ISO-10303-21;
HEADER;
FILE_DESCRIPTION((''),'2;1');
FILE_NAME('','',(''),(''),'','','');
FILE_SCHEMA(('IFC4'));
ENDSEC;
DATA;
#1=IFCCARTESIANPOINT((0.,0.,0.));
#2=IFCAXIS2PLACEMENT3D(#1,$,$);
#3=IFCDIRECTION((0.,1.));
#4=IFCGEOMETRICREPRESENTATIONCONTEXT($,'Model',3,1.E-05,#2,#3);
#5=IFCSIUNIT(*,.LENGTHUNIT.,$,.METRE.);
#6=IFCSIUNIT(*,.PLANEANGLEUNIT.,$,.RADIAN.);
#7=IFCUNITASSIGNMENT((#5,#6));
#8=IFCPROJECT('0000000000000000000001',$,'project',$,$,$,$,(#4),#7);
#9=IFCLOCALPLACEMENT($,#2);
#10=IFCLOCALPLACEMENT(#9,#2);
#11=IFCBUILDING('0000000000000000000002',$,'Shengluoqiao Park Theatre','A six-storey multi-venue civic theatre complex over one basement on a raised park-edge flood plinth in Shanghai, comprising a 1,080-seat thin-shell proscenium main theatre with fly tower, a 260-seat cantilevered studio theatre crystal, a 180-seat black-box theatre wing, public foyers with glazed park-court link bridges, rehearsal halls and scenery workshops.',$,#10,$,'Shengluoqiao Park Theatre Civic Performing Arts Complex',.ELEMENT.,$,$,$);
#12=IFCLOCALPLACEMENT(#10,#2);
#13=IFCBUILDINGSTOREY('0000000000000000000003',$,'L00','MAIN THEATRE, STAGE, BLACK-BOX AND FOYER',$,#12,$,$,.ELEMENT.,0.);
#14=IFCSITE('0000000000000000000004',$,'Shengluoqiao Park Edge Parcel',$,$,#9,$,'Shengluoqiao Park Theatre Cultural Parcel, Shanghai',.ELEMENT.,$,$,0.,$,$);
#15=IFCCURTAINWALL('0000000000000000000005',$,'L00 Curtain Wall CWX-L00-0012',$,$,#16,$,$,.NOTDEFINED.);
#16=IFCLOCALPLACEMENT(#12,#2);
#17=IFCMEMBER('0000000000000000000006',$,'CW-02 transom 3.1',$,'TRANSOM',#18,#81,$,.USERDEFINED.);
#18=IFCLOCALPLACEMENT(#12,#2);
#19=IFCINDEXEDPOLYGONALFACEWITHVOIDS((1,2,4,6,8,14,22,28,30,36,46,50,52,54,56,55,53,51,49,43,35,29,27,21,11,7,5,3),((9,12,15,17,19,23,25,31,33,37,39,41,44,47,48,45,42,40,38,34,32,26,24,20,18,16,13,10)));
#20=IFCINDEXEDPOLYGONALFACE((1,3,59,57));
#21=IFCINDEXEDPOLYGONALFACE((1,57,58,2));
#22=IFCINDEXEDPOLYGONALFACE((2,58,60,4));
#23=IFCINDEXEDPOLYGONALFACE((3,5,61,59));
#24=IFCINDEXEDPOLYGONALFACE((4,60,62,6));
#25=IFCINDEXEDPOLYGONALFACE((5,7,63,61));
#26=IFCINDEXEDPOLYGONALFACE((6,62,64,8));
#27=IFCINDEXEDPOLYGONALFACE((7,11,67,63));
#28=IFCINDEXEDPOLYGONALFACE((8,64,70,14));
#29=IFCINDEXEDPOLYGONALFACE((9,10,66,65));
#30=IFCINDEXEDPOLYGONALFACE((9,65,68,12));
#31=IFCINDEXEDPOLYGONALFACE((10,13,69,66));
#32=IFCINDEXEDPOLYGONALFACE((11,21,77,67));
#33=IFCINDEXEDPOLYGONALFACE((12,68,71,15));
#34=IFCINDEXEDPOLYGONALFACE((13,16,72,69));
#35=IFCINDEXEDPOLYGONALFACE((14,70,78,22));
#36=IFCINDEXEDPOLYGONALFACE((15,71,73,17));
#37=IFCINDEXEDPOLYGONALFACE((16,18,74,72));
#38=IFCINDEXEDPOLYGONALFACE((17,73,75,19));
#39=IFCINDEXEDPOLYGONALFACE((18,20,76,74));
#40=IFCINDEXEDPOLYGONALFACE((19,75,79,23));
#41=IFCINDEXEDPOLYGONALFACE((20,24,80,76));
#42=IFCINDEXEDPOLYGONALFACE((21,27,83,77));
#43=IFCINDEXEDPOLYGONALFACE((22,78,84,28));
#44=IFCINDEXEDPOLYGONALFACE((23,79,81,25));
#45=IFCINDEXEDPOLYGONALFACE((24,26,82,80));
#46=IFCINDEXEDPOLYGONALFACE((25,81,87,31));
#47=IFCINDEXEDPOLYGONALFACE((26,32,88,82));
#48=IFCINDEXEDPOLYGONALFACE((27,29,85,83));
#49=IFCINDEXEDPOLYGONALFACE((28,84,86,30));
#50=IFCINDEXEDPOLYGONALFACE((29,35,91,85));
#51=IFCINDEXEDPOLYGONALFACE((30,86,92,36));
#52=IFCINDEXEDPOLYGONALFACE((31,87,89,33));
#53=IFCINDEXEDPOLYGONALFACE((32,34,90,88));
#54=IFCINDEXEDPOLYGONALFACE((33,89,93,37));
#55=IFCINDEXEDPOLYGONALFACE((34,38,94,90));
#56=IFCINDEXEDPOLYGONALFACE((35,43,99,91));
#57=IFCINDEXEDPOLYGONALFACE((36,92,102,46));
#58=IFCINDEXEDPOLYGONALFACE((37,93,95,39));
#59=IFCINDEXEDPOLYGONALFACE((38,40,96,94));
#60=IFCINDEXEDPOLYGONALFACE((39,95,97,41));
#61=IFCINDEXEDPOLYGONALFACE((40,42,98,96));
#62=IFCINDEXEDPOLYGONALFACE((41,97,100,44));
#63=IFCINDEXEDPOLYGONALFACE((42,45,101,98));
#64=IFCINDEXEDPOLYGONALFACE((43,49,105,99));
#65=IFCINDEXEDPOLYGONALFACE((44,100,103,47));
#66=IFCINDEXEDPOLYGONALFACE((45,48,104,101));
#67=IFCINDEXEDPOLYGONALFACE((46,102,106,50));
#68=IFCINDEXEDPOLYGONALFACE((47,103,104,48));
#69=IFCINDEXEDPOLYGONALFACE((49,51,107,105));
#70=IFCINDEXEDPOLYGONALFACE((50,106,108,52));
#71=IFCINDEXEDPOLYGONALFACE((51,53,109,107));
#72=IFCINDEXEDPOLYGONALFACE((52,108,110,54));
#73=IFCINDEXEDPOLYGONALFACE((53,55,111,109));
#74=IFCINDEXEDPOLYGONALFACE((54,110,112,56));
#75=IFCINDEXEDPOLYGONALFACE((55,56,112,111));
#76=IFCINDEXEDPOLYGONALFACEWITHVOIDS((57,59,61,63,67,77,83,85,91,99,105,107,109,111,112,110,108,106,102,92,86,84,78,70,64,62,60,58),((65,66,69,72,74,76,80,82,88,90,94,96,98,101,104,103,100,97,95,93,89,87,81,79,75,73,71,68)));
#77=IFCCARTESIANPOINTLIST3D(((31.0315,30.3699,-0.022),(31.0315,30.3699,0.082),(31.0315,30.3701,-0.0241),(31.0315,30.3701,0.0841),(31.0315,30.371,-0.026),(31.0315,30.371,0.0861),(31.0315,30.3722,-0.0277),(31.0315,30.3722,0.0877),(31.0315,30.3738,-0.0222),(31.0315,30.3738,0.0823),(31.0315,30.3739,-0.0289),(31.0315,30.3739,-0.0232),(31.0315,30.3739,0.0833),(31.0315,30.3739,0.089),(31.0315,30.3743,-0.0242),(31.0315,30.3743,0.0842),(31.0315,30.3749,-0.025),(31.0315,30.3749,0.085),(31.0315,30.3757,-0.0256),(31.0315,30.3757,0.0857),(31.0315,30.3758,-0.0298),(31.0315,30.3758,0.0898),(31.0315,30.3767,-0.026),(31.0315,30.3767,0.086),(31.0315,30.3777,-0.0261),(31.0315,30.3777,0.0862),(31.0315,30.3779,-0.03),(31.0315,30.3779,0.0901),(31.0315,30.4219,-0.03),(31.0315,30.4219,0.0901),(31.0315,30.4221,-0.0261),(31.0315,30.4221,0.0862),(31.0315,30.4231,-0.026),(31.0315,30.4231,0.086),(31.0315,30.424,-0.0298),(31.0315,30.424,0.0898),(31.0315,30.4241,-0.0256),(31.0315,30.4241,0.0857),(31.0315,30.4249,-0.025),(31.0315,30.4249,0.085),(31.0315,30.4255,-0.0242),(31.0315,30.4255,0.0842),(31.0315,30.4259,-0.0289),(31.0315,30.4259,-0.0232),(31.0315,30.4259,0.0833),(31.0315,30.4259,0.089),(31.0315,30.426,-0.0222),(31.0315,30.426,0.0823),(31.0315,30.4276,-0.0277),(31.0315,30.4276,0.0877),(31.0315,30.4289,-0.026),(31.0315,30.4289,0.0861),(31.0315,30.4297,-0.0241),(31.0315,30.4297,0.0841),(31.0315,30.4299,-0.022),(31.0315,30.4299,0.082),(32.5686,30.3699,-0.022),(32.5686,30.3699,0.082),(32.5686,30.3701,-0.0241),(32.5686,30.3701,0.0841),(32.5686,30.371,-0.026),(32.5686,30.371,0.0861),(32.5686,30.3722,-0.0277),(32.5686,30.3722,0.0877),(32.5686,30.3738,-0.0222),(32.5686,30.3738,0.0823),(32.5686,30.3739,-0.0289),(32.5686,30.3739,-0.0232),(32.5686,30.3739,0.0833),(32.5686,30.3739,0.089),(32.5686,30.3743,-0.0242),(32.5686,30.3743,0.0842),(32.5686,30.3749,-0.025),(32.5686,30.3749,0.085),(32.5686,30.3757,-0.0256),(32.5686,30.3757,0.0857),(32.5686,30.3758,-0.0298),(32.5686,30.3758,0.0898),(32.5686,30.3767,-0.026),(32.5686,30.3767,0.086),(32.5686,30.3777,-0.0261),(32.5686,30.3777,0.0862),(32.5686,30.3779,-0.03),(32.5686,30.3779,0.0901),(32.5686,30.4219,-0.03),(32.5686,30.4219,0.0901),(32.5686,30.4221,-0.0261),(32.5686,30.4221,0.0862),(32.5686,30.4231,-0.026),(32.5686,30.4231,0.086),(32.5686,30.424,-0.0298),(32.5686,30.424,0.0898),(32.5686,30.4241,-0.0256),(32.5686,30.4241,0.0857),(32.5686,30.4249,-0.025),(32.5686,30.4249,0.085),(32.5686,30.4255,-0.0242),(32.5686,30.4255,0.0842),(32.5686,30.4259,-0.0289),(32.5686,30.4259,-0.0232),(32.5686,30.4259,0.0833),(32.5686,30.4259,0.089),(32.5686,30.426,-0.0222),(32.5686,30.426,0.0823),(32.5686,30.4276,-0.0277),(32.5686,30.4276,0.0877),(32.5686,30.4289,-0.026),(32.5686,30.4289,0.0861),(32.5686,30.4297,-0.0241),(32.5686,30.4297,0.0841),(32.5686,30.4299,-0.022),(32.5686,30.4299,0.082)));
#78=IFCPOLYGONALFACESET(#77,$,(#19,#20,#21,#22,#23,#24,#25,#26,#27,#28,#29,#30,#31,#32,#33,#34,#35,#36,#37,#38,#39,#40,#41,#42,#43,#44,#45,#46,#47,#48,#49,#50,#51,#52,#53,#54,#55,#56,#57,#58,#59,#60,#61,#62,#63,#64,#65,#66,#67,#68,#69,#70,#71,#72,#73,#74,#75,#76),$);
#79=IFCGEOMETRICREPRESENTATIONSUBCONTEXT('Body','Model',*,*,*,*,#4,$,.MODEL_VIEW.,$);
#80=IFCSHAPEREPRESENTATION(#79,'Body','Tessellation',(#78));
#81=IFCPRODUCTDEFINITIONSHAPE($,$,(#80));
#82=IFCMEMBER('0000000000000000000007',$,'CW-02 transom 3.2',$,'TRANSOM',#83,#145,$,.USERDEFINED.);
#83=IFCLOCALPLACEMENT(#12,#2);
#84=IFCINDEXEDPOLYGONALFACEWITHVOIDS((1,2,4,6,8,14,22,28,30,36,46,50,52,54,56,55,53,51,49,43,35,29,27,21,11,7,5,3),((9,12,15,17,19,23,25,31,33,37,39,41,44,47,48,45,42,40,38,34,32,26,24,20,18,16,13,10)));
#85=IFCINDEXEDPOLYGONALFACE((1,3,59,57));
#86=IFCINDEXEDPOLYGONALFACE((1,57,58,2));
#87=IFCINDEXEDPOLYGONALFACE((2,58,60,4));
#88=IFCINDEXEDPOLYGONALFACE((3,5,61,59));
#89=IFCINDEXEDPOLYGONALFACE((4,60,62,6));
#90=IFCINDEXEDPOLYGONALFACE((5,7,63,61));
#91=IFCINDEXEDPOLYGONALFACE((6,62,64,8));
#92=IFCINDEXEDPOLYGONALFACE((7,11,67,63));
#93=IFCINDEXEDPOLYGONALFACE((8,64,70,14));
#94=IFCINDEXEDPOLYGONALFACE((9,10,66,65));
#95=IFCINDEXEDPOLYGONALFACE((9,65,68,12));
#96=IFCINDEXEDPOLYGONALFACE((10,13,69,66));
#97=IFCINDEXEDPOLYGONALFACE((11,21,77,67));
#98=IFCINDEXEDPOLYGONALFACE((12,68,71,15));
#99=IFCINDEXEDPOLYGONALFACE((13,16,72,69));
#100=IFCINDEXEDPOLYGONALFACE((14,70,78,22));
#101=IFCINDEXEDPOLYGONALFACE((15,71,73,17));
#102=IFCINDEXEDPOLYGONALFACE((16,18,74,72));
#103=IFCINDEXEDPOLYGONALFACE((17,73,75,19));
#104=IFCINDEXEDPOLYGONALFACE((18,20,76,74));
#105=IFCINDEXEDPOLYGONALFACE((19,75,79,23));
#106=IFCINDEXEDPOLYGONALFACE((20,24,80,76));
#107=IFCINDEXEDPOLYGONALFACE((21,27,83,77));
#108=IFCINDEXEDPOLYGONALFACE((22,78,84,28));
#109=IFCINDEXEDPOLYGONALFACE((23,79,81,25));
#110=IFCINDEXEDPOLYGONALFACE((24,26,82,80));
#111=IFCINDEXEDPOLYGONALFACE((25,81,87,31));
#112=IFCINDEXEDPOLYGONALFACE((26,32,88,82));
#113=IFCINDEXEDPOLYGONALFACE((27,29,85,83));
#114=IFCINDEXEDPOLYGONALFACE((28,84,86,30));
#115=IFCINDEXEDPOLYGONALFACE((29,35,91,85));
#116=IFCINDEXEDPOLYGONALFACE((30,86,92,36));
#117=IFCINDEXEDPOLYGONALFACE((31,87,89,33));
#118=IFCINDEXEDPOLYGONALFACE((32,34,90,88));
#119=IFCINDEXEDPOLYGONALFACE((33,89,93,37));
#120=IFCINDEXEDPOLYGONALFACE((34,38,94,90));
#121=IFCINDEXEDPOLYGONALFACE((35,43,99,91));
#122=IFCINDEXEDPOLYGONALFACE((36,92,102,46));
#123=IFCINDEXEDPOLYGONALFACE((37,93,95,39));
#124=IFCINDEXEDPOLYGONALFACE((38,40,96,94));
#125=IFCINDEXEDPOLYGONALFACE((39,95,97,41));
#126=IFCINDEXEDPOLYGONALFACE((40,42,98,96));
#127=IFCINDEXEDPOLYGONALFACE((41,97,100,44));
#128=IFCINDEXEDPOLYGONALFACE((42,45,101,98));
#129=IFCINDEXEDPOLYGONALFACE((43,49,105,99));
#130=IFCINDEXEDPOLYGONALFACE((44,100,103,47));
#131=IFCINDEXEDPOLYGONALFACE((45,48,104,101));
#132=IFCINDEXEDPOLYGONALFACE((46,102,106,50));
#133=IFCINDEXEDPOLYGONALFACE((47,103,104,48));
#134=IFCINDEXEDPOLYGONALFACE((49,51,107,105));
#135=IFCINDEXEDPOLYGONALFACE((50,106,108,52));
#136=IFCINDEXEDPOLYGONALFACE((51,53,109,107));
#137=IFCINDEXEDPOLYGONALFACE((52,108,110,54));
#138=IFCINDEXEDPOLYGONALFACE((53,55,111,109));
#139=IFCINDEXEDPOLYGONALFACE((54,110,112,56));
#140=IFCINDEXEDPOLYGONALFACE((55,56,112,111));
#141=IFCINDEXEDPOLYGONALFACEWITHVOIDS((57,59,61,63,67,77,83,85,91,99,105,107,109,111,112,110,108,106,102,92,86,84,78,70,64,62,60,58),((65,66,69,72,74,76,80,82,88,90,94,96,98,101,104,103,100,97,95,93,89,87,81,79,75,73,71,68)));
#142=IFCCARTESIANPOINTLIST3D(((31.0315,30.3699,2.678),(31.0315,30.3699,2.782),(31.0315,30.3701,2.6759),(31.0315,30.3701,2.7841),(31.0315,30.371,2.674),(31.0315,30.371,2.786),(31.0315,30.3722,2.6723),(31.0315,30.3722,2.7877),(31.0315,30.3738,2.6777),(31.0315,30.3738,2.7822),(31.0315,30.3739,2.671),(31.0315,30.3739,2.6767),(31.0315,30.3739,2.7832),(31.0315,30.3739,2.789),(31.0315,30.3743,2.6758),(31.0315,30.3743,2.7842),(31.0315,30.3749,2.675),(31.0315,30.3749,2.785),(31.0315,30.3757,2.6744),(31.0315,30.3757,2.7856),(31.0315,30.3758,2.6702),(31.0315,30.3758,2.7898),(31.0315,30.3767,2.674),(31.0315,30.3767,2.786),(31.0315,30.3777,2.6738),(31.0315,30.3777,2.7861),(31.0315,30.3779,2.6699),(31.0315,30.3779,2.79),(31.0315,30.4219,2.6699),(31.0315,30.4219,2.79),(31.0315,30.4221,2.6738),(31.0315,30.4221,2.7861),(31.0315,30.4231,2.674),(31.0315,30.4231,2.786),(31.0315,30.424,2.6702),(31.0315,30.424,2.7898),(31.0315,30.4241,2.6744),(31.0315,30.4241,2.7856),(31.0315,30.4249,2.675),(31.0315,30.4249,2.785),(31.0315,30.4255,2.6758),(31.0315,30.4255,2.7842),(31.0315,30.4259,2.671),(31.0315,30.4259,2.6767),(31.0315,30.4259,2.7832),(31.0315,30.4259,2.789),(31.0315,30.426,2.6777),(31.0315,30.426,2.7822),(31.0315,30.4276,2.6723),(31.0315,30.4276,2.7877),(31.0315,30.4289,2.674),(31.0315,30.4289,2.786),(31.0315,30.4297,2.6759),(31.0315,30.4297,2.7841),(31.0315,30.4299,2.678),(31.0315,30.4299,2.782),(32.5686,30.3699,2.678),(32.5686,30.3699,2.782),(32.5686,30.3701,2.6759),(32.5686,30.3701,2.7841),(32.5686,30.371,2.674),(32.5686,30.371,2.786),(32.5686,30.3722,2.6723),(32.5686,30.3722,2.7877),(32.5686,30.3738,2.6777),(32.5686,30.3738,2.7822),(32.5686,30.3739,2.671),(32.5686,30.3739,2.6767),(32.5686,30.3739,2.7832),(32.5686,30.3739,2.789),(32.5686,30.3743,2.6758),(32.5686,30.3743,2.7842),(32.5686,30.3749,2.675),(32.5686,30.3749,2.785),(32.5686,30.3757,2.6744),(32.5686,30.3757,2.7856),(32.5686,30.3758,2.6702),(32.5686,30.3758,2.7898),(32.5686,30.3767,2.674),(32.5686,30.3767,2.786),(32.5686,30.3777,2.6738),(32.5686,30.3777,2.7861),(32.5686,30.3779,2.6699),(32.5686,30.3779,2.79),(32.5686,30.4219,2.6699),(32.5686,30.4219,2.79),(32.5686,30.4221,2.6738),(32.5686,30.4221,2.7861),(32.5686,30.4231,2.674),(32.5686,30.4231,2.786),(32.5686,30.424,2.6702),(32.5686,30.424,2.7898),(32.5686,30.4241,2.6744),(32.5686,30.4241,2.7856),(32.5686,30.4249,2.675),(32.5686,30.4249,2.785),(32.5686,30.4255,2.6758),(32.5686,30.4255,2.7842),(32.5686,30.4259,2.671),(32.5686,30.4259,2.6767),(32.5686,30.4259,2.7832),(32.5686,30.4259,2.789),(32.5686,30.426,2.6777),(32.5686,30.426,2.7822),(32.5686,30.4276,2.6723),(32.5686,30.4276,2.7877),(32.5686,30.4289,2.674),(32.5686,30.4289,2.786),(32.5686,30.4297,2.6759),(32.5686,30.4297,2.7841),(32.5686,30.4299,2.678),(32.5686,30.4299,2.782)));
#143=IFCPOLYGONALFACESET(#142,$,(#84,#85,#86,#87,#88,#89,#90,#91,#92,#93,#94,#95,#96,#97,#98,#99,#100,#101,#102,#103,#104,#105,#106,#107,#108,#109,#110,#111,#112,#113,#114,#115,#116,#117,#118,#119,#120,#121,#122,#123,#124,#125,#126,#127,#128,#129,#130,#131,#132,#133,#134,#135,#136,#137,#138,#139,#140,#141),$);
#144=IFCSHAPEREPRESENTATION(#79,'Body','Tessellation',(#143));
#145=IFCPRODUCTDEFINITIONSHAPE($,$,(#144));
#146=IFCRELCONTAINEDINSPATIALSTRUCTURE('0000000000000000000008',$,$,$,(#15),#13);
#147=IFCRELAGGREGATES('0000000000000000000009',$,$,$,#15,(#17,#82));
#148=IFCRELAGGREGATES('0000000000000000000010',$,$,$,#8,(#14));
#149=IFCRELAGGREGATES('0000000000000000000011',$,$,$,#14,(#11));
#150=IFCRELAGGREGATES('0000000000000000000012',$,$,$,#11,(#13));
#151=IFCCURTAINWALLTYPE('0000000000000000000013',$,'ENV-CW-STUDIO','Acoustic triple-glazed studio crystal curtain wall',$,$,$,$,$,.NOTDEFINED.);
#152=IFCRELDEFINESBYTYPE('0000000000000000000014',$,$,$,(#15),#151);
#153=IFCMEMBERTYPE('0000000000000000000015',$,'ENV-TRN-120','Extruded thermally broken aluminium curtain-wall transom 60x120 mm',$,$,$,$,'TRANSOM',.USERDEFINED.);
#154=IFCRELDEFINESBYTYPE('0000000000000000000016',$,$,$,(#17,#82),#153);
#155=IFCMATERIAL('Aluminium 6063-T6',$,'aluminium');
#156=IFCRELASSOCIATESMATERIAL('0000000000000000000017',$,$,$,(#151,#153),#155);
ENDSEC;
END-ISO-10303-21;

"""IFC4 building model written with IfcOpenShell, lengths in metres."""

from ifc_helpers import new_model, si_unit, direction, frame, origin, origin_2d, place, context, subcontext, project, spatial, hollow_rectangle, extrude, material, material_profile, profile_set, type_object, element, aggregate, save


model = new_model("IFC4")

# Units and contexts
model_context = context("Model", 3, precision=1e-05, world=origin(), true_north=direction((0.0, 1.0)))
body_context = subcontext(model_context, "Body", "Model", "MODEL_VIEW")
ifc_project = project(units=[si_unit("LENGTHUNIT", "METRE"), si_unit("PLANEANGLEUNIT", "RADIAN")], contexts=[model_context])

# Site, building, storey
site_placement = place(None, origin())
site = spatial("IfcSite", under=ifc_project, at=site_placement, Name="Shengluoqiao Park Edge Parcel", LongName="Shengluoqiao Park Theatre Cultural Parcel, Shanghai", CompositionType="ELEMENT", RefElevation=0.0)
building_placement = place(site_placement, origin())
building = spatial("IfcBuilding", under=site, at=building_placement, Name="Shengluoqiao Park Theatre", Description="A six-storey multi-venue civic theatre complex over one basement on a raised park-edge flood plinth in Shanghai, comprising a 1,080-seat thin-shell proscenium main theatre with fly tower, a 260-seat cantilevered studio theatre crystal, a 180-seat black-box theatre wing, public foyers with glazed park-court link bridges, rehearsal halls and scenery workshops.", LongName="Shengluoqiao Park Theatre Civic Performing Arts Complex", CompositionType="ELEMENT")
storey_placement = place(building_placement, origin())
storey = spatial("IfcBuildingStorey", under=building, at=storey_placement, Name="L00", Description="MAIN THEATRE, STAGE, BLACK-BOX AND FOYER", CompositionType="ELEMENT", Elevation=0.0)

# Curtain wall
ifc_material_1 = material(Name="Aluminium 6063-T6", Category="aluminium")
curtain_wall_type_1 = type_object("IfcCurtainWallType", Name="ENV-CW-STUDIO", Description="Acoustic triple-glazed studio crystal curtain wall", PredefinedType="NOTDEFINED", material=ifc_material_1)
curtain_wall_1_placement = place(storey_placement, origin())
curtain_wall_1 = element("IfcCurtainWall", 1, at=curtain_wall_1_placement, inside=storey, type_object=curtain_wall_type_1, Name="L00 Curtain Wall CWX-L00-0012", PredefinedType="NOTDEFINED")

# Members
ifc_material_profile_1 = material_profile(ifc_material_1, hollow_rectangle(XDim=0.0601, YDim=0.1201, WallThickness=0.0039, InnerFilletRadius=0.0039, OuterFilletRadius=0.0081, at=origin_2d()), Name="ALU TRANSOM 120x60x4")
ifc_profile_set_1 = profile_set([ifc_material_profile_1], Name="Aluminium 6063-T6")
member_type_1 = type_object("IfcMemberType", Name="ENV-TRN-120", Description="Extruded thermally broken aluminium curtain-wall transom 60x120 mm", ElementType="TRANSOM", PredefinedType="USERDEFINED", material=ifc_profile_set_1)
member_1_placement = place(storey_placement, frame((31.0315, 30.3999, 0.03), z_axis=(1.0, 0.0, 0.0), x_axis=(0.0, 1.0, 0.0)))
member_1 = element("IfcMember", 2, at=member_1_placement, type_object=member_type_1, Name="CW-02 transom 3.1", ObjectType="TRANSOM", PredefinedType="USERDEFINED", context=body_context, shape_type="SweptSolid", body=[
    extrude(hollow_rectangle(XDim=0.0601, YDim=0.1201, WallThickness=0.0039, InnerFilletRadius=0.0039, OuterFilletRadius=0.0081, at=origin_2d()), origin(), (0.0, 0.0, 1.0), 1.5371),
])
member_2_placement = place(storey_placement, frame((31.0315, 30.3999, 2.73), z_axis=(1.0, 0.0, 0.0), x_axis=(0.0, 1.0, 0.0)))
member_2 = element("IfcMember", 3, at=member_2_placement, type_object=member_type_1, Name="CW-02 transom 3.2", ObjectType="TRANSOM", PredefinedType="USERDEFINED", context=body_context, shape_type="SweptSolid", body=[
    extrude(hollow_rectangle(XDim=0.0601, YDim=0.1201, WallThickness=0.0039, InnerFilletRadius=0.0039, OuterFilletRadius=0.0081, at=origin_2d()), origin(), (0.0, 0.0, 1.0), 1.5371),
])

aggregate(curtain_wall_1, [member_1, member_2])

save(model, "model.ifc")
